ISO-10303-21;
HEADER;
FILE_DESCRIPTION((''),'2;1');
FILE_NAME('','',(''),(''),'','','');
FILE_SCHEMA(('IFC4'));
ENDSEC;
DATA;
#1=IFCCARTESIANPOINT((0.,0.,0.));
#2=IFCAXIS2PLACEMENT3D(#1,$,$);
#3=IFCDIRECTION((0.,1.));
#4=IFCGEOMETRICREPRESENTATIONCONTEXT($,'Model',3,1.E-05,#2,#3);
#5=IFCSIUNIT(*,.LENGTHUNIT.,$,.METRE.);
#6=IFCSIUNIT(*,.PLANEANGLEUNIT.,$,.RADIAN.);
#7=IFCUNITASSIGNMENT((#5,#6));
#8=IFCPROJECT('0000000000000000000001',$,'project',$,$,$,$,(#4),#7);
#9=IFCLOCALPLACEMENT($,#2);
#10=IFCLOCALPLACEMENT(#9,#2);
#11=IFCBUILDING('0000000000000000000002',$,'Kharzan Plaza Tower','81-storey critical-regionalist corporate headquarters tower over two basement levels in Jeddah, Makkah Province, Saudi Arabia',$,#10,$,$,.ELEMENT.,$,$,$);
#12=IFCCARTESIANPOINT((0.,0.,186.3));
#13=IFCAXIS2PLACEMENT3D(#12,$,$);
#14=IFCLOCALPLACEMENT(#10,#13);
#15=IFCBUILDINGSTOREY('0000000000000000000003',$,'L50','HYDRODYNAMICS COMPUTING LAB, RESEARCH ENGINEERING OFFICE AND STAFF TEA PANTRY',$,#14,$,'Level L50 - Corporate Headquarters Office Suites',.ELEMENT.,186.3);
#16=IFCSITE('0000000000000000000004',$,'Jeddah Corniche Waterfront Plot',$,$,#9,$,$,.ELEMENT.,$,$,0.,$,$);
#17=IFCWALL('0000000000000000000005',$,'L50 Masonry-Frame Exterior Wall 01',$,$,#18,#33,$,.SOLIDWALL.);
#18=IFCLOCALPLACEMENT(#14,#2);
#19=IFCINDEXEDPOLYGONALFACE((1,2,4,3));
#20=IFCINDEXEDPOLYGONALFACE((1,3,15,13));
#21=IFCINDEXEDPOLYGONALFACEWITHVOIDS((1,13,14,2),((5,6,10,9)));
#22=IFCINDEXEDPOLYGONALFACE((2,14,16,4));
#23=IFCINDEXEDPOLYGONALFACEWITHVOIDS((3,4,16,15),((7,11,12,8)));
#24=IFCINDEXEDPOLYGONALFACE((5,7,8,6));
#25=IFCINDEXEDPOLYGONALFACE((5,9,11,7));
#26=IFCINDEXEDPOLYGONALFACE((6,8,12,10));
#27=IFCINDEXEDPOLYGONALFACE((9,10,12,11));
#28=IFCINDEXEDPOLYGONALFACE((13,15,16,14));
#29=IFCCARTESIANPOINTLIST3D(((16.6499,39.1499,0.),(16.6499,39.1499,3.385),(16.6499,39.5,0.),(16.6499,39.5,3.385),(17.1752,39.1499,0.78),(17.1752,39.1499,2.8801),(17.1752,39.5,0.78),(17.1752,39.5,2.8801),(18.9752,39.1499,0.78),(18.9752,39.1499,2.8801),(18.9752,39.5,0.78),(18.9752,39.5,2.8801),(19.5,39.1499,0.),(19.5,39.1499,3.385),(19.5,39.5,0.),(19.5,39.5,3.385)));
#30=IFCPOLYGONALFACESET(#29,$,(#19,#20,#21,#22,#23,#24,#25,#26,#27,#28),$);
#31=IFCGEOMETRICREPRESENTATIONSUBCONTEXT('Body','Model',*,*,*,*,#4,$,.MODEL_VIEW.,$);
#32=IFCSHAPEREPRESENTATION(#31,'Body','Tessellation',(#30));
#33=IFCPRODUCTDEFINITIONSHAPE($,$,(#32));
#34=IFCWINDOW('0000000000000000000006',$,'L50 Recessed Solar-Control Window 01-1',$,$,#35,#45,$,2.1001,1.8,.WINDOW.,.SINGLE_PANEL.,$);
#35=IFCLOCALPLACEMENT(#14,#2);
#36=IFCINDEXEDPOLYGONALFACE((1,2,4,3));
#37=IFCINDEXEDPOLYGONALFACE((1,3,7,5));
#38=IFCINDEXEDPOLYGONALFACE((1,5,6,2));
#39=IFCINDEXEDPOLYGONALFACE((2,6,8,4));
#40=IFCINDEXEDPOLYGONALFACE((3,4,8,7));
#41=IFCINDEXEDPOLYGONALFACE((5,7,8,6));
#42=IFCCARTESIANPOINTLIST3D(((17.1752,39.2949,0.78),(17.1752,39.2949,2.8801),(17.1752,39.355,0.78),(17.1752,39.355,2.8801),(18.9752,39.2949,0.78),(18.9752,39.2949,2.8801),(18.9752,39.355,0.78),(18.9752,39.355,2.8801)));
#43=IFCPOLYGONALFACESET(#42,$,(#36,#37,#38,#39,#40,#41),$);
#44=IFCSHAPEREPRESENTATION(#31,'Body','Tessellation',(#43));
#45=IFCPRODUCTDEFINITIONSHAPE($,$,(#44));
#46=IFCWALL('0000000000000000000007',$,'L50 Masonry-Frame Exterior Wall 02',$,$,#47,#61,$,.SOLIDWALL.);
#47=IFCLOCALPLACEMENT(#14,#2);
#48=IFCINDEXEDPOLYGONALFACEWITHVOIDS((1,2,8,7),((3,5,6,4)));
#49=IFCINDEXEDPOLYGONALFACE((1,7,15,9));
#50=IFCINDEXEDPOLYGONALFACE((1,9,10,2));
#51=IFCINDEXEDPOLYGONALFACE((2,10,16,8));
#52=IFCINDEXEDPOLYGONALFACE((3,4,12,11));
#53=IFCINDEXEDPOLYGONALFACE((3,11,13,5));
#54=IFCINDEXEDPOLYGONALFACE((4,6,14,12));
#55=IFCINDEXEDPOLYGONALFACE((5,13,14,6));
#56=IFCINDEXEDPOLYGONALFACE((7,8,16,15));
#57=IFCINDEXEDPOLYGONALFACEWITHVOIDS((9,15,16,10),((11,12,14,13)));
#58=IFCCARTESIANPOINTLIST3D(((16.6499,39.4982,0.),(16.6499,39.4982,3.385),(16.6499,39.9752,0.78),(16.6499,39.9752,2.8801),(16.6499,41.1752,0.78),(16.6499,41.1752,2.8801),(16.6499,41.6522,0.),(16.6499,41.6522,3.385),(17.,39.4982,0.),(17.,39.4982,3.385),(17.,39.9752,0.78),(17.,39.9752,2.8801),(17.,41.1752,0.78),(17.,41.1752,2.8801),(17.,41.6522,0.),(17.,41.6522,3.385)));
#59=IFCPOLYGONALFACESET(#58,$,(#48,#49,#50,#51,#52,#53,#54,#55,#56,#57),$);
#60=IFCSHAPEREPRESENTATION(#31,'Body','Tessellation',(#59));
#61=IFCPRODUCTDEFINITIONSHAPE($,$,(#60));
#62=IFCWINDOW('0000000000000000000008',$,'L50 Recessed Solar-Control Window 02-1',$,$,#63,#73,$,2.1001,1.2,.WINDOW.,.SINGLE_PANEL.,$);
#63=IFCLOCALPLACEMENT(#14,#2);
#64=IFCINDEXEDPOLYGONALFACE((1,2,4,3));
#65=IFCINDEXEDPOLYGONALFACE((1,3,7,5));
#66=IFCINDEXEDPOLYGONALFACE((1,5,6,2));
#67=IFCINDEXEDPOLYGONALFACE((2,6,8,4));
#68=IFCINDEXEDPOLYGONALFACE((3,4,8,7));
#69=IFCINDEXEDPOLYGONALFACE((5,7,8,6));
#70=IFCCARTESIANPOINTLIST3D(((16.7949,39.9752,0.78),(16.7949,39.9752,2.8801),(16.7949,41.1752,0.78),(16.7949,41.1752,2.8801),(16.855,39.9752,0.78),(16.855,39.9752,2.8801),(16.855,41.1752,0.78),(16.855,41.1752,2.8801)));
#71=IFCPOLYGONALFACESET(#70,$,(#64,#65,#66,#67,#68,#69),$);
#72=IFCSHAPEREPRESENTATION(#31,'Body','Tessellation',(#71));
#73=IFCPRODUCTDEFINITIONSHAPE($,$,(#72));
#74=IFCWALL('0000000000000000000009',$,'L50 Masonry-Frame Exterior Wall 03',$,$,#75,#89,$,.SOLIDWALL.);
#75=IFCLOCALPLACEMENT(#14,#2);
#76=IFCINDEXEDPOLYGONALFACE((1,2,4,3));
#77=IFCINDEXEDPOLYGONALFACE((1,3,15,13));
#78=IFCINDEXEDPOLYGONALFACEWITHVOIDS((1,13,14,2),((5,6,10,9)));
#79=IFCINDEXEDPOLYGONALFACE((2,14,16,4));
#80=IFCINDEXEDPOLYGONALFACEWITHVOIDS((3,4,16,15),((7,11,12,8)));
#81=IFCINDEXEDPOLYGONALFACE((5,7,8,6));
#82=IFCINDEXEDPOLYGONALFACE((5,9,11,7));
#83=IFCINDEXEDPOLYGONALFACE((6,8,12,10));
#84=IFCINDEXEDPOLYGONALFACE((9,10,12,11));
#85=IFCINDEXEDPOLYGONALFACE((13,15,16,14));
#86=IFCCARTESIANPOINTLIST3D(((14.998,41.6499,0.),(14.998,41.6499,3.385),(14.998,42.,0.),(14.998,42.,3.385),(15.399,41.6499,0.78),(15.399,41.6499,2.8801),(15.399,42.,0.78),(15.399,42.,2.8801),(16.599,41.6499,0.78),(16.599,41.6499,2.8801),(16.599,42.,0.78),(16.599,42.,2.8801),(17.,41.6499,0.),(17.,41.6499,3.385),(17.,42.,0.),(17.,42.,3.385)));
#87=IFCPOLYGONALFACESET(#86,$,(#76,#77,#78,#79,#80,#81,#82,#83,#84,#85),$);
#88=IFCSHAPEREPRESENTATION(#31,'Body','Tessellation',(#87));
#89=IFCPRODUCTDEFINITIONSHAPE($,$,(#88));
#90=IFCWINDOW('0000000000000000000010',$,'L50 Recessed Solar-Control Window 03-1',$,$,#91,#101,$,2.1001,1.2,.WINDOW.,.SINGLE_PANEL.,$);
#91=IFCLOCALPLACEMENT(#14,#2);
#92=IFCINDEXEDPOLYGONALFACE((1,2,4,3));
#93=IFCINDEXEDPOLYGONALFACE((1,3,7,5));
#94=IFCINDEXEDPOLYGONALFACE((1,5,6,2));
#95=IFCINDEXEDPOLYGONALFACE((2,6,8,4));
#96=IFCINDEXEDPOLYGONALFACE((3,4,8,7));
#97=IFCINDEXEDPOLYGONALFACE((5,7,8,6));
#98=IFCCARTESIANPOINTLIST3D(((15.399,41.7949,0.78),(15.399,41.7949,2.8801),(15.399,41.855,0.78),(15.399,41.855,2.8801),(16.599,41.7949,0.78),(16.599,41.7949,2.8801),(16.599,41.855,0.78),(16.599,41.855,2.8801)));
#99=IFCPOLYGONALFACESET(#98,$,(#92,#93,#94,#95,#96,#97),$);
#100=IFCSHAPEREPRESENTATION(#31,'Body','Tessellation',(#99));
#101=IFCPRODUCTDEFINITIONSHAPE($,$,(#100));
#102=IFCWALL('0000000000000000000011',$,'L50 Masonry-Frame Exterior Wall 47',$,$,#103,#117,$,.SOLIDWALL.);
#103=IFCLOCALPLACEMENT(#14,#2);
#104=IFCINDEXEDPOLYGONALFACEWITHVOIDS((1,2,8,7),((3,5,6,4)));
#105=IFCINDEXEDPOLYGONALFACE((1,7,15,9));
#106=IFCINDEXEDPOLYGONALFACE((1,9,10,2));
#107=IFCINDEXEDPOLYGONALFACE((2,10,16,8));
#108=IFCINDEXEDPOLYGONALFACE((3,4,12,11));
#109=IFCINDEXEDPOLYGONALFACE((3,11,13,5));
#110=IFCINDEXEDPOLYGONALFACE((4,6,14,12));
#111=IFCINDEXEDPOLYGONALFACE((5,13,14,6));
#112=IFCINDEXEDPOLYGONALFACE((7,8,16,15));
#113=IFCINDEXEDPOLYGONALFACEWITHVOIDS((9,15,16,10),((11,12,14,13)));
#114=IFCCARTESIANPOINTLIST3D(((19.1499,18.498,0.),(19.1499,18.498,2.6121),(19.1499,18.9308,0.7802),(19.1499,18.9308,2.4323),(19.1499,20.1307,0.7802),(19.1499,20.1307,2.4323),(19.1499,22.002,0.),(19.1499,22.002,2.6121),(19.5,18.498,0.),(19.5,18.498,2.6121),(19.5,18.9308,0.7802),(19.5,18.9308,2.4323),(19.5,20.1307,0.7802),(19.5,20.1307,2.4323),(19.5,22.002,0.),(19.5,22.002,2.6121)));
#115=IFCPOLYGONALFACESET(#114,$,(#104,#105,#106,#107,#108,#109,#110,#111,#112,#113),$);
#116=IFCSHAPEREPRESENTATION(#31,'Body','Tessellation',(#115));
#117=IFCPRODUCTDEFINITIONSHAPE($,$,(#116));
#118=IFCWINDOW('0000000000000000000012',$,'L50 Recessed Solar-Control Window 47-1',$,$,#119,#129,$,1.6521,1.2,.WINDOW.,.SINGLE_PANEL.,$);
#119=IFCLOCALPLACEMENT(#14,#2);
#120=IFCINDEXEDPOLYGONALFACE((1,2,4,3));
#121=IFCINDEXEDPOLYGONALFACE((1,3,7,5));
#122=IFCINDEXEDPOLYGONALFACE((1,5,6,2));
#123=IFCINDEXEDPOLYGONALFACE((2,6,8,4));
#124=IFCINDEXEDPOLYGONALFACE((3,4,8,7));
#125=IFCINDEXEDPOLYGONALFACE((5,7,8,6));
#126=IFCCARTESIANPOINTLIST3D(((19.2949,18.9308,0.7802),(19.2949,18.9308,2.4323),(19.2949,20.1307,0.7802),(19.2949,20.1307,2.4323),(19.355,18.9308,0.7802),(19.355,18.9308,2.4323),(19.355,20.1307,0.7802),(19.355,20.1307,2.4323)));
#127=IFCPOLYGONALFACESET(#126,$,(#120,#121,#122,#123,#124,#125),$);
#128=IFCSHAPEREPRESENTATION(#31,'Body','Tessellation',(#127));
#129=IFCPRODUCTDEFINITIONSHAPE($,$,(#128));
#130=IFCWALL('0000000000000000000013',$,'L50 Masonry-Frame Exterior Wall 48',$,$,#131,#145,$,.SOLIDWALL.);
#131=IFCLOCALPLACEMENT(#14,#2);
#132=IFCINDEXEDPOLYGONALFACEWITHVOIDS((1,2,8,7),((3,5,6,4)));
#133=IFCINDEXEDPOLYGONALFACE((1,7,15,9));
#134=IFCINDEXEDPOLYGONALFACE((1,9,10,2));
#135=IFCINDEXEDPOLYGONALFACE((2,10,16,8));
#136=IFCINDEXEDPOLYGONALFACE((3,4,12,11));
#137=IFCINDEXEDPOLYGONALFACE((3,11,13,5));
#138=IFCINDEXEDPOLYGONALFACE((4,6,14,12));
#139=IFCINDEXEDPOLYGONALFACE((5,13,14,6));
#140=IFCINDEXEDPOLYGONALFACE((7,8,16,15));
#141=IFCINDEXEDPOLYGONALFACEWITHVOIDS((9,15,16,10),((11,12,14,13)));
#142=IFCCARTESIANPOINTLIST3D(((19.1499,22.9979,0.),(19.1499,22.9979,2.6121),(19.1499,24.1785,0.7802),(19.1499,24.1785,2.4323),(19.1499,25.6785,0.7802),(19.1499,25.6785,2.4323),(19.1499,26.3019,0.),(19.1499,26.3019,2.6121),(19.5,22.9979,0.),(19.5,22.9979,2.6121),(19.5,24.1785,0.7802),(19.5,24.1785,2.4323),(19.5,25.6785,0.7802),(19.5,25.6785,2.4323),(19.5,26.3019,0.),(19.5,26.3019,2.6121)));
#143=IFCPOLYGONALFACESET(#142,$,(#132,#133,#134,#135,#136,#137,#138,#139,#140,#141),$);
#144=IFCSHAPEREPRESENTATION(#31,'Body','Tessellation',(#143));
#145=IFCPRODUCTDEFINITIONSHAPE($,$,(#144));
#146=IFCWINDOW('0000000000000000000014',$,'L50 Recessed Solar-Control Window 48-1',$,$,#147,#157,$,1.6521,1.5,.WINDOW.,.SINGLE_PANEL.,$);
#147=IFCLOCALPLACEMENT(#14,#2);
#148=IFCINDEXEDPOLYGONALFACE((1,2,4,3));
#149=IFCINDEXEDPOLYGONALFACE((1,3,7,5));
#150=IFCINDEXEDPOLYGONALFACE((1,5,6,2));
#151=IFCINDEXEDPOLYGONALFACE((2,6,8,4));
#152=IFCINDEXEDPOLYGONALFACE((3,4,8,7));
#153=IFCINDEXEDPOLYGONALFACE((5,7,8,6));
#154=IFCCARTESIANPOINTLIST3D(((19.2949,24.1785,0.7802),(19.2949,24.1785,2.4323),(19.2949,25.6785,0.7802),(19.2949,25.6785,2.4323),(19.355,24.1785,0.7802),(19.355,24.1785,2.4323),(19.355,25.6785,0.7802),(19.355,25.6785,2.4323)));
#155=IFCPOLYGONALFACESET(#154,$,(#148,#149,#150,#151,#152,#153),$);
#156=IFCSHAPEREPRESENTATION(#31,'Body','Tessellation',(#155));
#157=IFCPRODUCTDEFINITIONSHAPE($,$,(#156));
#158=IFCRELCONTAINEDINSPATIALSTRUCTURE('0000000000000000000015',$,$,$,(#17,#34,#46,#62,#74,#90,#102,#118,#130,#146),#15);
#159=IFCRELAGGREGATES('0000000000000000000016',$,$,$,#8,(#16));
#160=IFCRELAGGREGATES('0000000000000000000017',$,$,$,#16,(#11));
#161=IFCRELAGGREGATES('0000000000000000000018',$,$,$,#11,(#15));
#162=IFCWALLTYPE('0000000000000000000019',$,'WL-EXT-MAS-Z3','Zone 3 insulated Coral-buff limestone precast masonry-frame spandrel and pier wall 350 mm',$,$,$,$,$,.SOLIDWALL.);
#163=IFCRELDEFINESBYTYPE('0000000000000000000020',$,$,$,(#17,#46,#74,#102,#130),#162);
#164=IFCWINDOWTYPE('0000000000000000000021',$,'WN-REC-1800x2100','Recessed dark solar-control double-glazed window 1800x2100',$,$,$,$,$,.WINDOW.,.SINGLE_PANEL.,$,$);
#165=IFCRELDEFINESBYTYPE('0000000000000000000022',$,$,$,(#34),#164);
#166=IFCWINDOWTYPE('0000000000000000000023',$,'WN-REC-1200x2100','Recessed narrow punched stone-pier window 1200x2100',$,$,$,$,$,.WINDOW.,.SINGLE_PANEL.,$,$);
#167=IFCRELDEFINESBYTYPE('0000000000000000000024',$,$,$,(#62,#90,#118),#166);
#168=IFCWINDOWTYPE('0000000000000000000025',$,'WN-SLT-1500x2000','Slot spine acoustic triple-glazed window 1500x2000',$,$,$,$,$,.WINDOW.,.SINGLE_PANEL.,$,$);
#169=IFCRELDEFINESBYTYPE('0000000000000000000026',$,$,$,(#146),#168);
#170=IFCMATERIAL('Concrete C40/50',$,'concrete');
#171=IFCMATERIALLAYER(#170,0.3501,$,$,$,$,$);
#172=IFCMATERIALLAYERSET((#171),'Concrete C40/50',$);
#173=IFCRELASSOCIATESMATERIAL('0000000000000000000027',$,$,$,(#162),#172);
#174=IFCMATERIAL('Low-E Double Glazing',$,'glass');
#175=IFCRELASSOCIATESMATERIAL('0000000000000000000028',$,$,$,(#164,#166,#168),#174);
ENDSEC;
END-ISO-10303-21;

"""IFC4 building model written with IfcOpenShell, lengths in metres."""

from ifc_helpers import new_model, si_unit, direction, frame, frame_2d, origin, place, context, subcontext, project, spatial, rectangle, extrude, source, transform, mapped, material, layer, layer_set, type_object, element, fill, save


model = new_model("IFC4")

# Units and contexts
model_context = context("Model", 3, precision=1e-05, world=origin(), true_north=direction((0.0, 1.0)))
body_context = subcontext(model_context, "Body", "Model", "MODEL_VIEW")
ifc_project = project(units=[si_unit("LENGTHUNIT", "METRE"), si_unit("PLANEANGLEUNIT", "RADIAN")], contexts=[model_context])

# Site, building, storey
site_placement = place(None, origin())
site = spatial("IfcSite", under=ifc_project, at=site_placement, Name="Jeddah Corniche Waterfront Plot", CompositionType="ELEMENT", RefElevation=0.0)
building_placement = place(site_placement, origin())
building = spatial("IfcBuilding", under=site, at=building_placement, Name="Kharzan Plaza Tower", Description="81-storey critical-regionalist corporate headquarters tower over two basement levels in Jeddah, Makkah Province, Saudi Arabia", CompositionType="ELEMENT")
storey_placement = place(building_placement, frame((0.0, 0.0, 186.3)))
storey = spatial("IfcBuildingStorey", under=building, at=storey_placement, Name="L50", Description="HYDRODYNAMICS COMPUTING LAB, RESEARCH ENGINEERING OFFICE AND STAFF TEA PANTRY", LongName="Level L50 - Corporate Headquarters Office Suites", CompositionType="ELEMENT", Elevation=186.3)

# Walls, openings, windows
ifc_material_1 = material(Name="Concrete C40/50", Category="concrete")
ifc_layer_1 = layer(ifc_material_1, 0.3501)
ifc_layer_set_1 = layer_set([ifc_layer_1], Name="Concrete C40/50")
wall_type_1 = type_object("IfcWallType", Name="WL-EXT-MAS-Z3", Description="Zone 3 insulated Coral-buff limestone precast masonry-frame spandrel and pier wall 350 mm", PredefinedType="SOLIDWALL", material=ifc_layer_set_1)
wall_1_placement = place(storey_placement, frame((19.5, 39.325, 0.0), z_axis=(0.0, 0.0, 1.0), x_axis=(-1.0, 0.0, 0.0)))
wall_1 = element("IfcWall", 1, at=wall_1_placement, inside=storey, type_object=wall_type_1, Name="L50 Masonry-Frame Exterior Wall 01", PredefinedType="SOLIDWALL", context=body_context, shape_type="SweptSolid", body=[
    extrude(rectangle(XDim=2.8501, YDim=0.3501, at=frame_2d((1.425, 0.0))), origin(), (0.0, 0.0, 1.0), 3.385),
])
opening_1_placement = place(wall_1_placement, frame((0.5249, 0.0, 0.78)))
opening_1 = element("IfcOpeningElement", 2, at=opening_1_placement, cuts=wall_1, PredefinedType="OPENING", context=body_context, shape_type="SweptSolid", body=[
    extrude(rectangle(XDim=1.8, YDim=2.1001, at=frame_2d((0.8999, 1.05))), frame((0.0, 0.1851, 0.0), z_axis=(0.0, -1.0, 0.0), x_axis=(1.0, 0.0, 0.0)), (0.0, 0.0, 1.0), 0.3701),
])
ifc_material_2 = material(Name="Low-E Double Glazing", Category="glass")
window_type_1 = type_object("IfcWindowType", Name="WN-REC-1800x2100", Description="Recessed dark solar-control double-glazed window 1800x2100", PartitioningType="SINGLE_PANEL", PredefinedType="WINDOW", material=ifc_material_2)
shared_shape_1 = source(origin(), body_context, "Body", "SweptSolid", [
    extrude(rectangle(XDim=1.8, YDim=2.1001, at=frame_2d((0.8999, 1.05))), frame((0.0, 0.03, 0.0), z_axis=(0.0, -1.0, 0.0), x_axis=(1.0, 0.0, 0.0)), (0.0, 0.0, 1.0), 0.0601),
])
window_1_placement = place(opening_1_placement, origin())
window_1 = element("IfcWindow", 3, at=window_1_placement, inside=storey, type_object=window_type_1, Name="L50 Recessed Solar-Control Window 01-1", OverallHeight=2.1001, OverallWidth=1.8, PartitioningType="SINGLE_PANEL", PredefinedType="WINDOW", context=body_context, shape_type="MappedRepresentation", body=[
    mapped(shared_shape_1, transform((0.0, 0.0, 0.0), x_axis=(1.0, 0.0, 0.0), y_axis=(0.0, 1.0, 0.0), z_axis=(0.0, 0.0, 1.0))),
])
fill(opening_1, window_1)
wall_2_placement = place(storey_placement, frame((16.825, 39.498, 0.0), z_axis=(0.0, 0.0, 1.0), x_axis=(0.0, 1.0, 0.0)))
wall_2 = element("IfcWall", 4, at=wall_2_placement, inside=storey, type_object=wall_type_1, Name="L50 Masonry-Frame Exterior Wall 02", PredefinedType="SOLIDWALL", context=body_context, shape_type="SweptSolid", body=[
    extrude(rectangle(XDim=2.1541, YDim=0.3501, at=frame_2d((1.0771, 0.0))), origin(), (0.0, 0.0, 1.0), 3.385),
])
opening_2_placement = place(wall_2_placement, frame((0.4771, 0.0, 0.78)))
opening_2 = element("IfcOpeningElement", 5, at=opening_2_placement, cuts=wall_2, PredefinedType="OPENING", context=body_context, shape_type="SweptSolid", body=[
    extrude(rectangle(XDim=1.2, YDim=2.1001, at=frame_2d((0.6001, 1.05))), frame((0.0, 0.1851, 0.0), z_axis=(0.0, -1.0, 0.0), x_axis=(1.0, 0.0, 0.0)), (0.0, 0.0, 1.0), 0.3701),
])
window_type_2 = type_object("IfcWindowType", Name="WN-REC-1200x2100", Description="Recessed narrow punched stone-pier window 1200x2100", PartitioningType="SINGLE_PANEL", PredefinedType="WINDOW", material=ifc_material_2)
shared_shape_2 = source(origin(), body_context, "Body", "SweptSolid", [
    extrude(rectangle(XDim=1.2, YDim=2.1001, at=frame_2d((0.6001, 1.05))), frame((0.0, 0.03, 0.0), z_axis=(0.0, -1.0, 0.0), x_axis=(1.0, 0.0, 0.0)), (0.0, 0.0, 1.0), 0.0601),
])
window_2_placement = place(opening_2_placement, origin())
window_2 = element("IfcWindow", 6, at=window_2_placement, inside=storey, type_object=window_type_2, Name="L50 Recessed Solar-Control Window 02-1", OverallHeight=2.1001, OverallWidth=1.2, PartitioningType="SINGLE_PANEL", PredefinedType="WINDOW", context=body_context, shape_type="MappedRepresentation", body=[
    mapped(shared_shape_2, transform((0.0, 0.0, 0.0), x_axis=(1.0, 0.0, 0.0), y_axis=(0.0, 1.0, 0.0), z_axis=(0.0, 0.0, 1.0))),
])
fill(opening_2, window_2)
wall_3_placement = place(storey_placement, frame((17.0, 41.825, 0.0), z_axis=(0.0, 0.0, 1.0), x_axis=(-1.0, 0.0, 0.0)))
wall_3 = element("IfcWall", 7, at=wall_3_placement, inside=storey, type_object=wall_type_1, Name="L50 Masonry-Frame Exterior Wall 03", PredefinedType="SOLIDWALL", context=body_context, shape_type="SweptSolid", body=[
    extrude(rectangle(XDim=2.002, YDim=0.3501, at=frame_2d((1.001, 0.0))), origin(), (0.0, 0.0, 1.0), 3.385),
])
opening_3_placement = place(wall_3_placement, frame((0.4009, 0.0, 0.78)))
opening_3 = element("IfcOpeningElement", 8, at=opening_3_placement, cuts=wall_3, PredefinedType="OPENING", context=body_context, shape_type="SweptSolid", body=[
    extrude(rectangle(XDim=1.2, YDim=2.1001, at=frame_2d((0.6001, 1.05))), frame((0.0, 0.1851, 0.0), z_axis=(0.0, -1.0, 0.0), x_axis=(1.0, 0.0, 0.0)), (0.0, 0.0, 1.0), 0.3701),
])
window_3_placement = place(opening_3_placement, origin())
window_3 = element("IfcWindow", 9, at=window_3_placement, inside=storey, type_object=window_type_2, Name="L50 Recessed Solar-Control Window 03-1", OverallHeight=2.1001, OverallWidth=1.2, PartitioningType="SINGLE_PANEL", PredefinedType="WINDOW", context=body_context, shape_type="MappedRepresentation", body=[
    mapped(shared_shape_2, transform((0.0, 0.0, 0.0), x_axis=(1.0, 0.0, 0.0), y_axis=(0.0, 1.0, 0.0), z_axis=(0.0, 0.0, 1.0))),
])
fill(opening_3, window_3)
wall_4_placement = place(storey_placement, frame((19.325, 18.498, 0.0), z_axis=(0.0, 0.0, 1.0), x_axis=(0.0, 1.0, 0.0)))
wall_4 = element("IfcWall", 10, at=wall_4_placement, inside=storey, type_object=wall_type_1, Name="L50 Masonry-Frame Exterior Wall 47", PredefinedType="SOLIDWALL", context=body_context, shape_type="SweptSolid", body=[
    extrude(rectangle(XDim=3.5039, YDim=0.3501, at=frame_2d((1.752, 0.0))), origin(), (0.0, 0.0, 1.0), 2.6121),
])
opening_4_placement = place(wall_4_placement, frame((0.4326, 0.0, 0.78)))
opening_4 = element("IfcOpeningElement", 11, at=opening_4_placement, cuts=wall_4, PredefinedType="OPENING", context=body_context, shape_type="SweptSolid", body=[
    extrude(rectangle(XDim=1.2, YDim=1.6521, at=frame_2d((0.6001, 0.8262))), frame((0.0, 0.1851, 0.0), z_axis=(0.0, -1.0, 0.0), x_axis=(1.0, 0.0, 0.0)), (0.0, 0.0, 1.0), 0.3701),
])
shared_shape_3 = source(origin(), body_context, "Body", "SweptSolid", [
    extrude(rectangle(XDim=1.2, YDim=1.6521, at=frame_2d((0.6001, 0.8262))), frame((0.0, 0.03, 0.0), z_axis=(0.0, -1.0, 0.0), x_axis=(1.0, 0.0, 0.0)), (0.0, 0.0, 1.0), 0.0601),
])
window_4_placement = place(opening_4_placement, origin())
window_4 = element("IfcWindow", 12, at=window_4_placement, inside=storey, type_object=window_type_2, Name="L50 Recessed Solar-Control Window 47-1", OverallHeight=1.6521, OverallWidth=1.2, PartitioningType="SINGLE_PANEL", PredefinedType="WINDOW", context=body_context, shape_type="MappedRepresentation", body=[
    mapped(shared_shape_3, transform((0.0, 0.0, 0.0), x_axis=(1.0, 0.0, 0.0), y_axis=(0.0, 1.0, 0.0), z_axis=(0.0, 0.0, 1.0))),
])
fill(opening_4, window_4)
wall_5_placement = place(storey_placement, frame((19.325, 22.998, 0.0), z_axis=(0.0, 0.0, 1.0), x_axis=(0.0, 1.0, 0.0)))
wall_5 = element("IfcWall", 13, at=wall_5_placement, inside=storey, type_object=wall_type_1, Name="L50 Masonry-Frame Exterior Wall 48", PredefinedType="SOLIDWALL", context=body_context, shape_type="SweptSolid", body=[
    extrude(rectangle(XDim=3.304, YDim=0.3501, at=frame_2d((1.6519, 0.0))), origin(), (0.0, 0.0, 1.0), 2.6121),
])
opening_5_placement = place(wall_5_placement, frame((1.1804, 0.0, 0.78)))
opening_5 = element("IfcOpeningElement", 14, at=opening_5_placement, cuts=wall_5, PredefinedType="OPENING", context=body_context, shape_type="SweptSolid", body=[
    extrude(rectangle(XDim=1.5, YDim=1.6521, at=frame_2d((0.75, 0.8262))), frame((0.0, 0.1851, 0.0), z_axis=(0.0, -1.0, 0.0), x_axis=(1.0, 0.0, 0.0)), (0.0, 0.0, 1.0), 0.3701),
])
window_type_3 = type_object("IfcWindowType", Name="WN-SLT-1500x2000", Description="Slot spine acoustic triple-glazed window 1500x2000", PartitioningType="SINGLE_PANEL", PredefinedType="WINDOW", material=ifc_material_2)
shared_shape_4 = source(origin(), body_context, "Body", "SweptSolid", [
    extrude(rectangle(XDim=1.5, YDim=1.6521, at=frame_2d((0.75, 0.8262))), frame((0.0, 0.03, 0.0), z_axis=(0.0, -1.0, 0.0), x_axis=(1.0, 0.0, 0.0)), (0.0, 0.0, 1.0), 0.0601),
])
window_5_placement = place(opening_5_placement, origin())
window_5 = element("IfcWindow", 15, at=window_5_placement, inside=storey, type_object=window_type_3, Name="L50 Recessed Solar-Control Window 48-1", OverallHeight=1.6521, OverallWidth=1.5, PartitioningType="SINGLE_PANEL", PredefinedType="WINDOW", context=body_context, shape_type="MappedRepresentation", body=[
    mapped(shared_shape_4, transform((0.0, 0.0, 0.0), x_axis=(1.0, 0.0, 0.0), y_axis=(0.0, 1.0, 0.0), z_axis=(0.0, 0.0, 1.0))),
])
fill(opening_5, window_5)

save(model, "model.ifc")
